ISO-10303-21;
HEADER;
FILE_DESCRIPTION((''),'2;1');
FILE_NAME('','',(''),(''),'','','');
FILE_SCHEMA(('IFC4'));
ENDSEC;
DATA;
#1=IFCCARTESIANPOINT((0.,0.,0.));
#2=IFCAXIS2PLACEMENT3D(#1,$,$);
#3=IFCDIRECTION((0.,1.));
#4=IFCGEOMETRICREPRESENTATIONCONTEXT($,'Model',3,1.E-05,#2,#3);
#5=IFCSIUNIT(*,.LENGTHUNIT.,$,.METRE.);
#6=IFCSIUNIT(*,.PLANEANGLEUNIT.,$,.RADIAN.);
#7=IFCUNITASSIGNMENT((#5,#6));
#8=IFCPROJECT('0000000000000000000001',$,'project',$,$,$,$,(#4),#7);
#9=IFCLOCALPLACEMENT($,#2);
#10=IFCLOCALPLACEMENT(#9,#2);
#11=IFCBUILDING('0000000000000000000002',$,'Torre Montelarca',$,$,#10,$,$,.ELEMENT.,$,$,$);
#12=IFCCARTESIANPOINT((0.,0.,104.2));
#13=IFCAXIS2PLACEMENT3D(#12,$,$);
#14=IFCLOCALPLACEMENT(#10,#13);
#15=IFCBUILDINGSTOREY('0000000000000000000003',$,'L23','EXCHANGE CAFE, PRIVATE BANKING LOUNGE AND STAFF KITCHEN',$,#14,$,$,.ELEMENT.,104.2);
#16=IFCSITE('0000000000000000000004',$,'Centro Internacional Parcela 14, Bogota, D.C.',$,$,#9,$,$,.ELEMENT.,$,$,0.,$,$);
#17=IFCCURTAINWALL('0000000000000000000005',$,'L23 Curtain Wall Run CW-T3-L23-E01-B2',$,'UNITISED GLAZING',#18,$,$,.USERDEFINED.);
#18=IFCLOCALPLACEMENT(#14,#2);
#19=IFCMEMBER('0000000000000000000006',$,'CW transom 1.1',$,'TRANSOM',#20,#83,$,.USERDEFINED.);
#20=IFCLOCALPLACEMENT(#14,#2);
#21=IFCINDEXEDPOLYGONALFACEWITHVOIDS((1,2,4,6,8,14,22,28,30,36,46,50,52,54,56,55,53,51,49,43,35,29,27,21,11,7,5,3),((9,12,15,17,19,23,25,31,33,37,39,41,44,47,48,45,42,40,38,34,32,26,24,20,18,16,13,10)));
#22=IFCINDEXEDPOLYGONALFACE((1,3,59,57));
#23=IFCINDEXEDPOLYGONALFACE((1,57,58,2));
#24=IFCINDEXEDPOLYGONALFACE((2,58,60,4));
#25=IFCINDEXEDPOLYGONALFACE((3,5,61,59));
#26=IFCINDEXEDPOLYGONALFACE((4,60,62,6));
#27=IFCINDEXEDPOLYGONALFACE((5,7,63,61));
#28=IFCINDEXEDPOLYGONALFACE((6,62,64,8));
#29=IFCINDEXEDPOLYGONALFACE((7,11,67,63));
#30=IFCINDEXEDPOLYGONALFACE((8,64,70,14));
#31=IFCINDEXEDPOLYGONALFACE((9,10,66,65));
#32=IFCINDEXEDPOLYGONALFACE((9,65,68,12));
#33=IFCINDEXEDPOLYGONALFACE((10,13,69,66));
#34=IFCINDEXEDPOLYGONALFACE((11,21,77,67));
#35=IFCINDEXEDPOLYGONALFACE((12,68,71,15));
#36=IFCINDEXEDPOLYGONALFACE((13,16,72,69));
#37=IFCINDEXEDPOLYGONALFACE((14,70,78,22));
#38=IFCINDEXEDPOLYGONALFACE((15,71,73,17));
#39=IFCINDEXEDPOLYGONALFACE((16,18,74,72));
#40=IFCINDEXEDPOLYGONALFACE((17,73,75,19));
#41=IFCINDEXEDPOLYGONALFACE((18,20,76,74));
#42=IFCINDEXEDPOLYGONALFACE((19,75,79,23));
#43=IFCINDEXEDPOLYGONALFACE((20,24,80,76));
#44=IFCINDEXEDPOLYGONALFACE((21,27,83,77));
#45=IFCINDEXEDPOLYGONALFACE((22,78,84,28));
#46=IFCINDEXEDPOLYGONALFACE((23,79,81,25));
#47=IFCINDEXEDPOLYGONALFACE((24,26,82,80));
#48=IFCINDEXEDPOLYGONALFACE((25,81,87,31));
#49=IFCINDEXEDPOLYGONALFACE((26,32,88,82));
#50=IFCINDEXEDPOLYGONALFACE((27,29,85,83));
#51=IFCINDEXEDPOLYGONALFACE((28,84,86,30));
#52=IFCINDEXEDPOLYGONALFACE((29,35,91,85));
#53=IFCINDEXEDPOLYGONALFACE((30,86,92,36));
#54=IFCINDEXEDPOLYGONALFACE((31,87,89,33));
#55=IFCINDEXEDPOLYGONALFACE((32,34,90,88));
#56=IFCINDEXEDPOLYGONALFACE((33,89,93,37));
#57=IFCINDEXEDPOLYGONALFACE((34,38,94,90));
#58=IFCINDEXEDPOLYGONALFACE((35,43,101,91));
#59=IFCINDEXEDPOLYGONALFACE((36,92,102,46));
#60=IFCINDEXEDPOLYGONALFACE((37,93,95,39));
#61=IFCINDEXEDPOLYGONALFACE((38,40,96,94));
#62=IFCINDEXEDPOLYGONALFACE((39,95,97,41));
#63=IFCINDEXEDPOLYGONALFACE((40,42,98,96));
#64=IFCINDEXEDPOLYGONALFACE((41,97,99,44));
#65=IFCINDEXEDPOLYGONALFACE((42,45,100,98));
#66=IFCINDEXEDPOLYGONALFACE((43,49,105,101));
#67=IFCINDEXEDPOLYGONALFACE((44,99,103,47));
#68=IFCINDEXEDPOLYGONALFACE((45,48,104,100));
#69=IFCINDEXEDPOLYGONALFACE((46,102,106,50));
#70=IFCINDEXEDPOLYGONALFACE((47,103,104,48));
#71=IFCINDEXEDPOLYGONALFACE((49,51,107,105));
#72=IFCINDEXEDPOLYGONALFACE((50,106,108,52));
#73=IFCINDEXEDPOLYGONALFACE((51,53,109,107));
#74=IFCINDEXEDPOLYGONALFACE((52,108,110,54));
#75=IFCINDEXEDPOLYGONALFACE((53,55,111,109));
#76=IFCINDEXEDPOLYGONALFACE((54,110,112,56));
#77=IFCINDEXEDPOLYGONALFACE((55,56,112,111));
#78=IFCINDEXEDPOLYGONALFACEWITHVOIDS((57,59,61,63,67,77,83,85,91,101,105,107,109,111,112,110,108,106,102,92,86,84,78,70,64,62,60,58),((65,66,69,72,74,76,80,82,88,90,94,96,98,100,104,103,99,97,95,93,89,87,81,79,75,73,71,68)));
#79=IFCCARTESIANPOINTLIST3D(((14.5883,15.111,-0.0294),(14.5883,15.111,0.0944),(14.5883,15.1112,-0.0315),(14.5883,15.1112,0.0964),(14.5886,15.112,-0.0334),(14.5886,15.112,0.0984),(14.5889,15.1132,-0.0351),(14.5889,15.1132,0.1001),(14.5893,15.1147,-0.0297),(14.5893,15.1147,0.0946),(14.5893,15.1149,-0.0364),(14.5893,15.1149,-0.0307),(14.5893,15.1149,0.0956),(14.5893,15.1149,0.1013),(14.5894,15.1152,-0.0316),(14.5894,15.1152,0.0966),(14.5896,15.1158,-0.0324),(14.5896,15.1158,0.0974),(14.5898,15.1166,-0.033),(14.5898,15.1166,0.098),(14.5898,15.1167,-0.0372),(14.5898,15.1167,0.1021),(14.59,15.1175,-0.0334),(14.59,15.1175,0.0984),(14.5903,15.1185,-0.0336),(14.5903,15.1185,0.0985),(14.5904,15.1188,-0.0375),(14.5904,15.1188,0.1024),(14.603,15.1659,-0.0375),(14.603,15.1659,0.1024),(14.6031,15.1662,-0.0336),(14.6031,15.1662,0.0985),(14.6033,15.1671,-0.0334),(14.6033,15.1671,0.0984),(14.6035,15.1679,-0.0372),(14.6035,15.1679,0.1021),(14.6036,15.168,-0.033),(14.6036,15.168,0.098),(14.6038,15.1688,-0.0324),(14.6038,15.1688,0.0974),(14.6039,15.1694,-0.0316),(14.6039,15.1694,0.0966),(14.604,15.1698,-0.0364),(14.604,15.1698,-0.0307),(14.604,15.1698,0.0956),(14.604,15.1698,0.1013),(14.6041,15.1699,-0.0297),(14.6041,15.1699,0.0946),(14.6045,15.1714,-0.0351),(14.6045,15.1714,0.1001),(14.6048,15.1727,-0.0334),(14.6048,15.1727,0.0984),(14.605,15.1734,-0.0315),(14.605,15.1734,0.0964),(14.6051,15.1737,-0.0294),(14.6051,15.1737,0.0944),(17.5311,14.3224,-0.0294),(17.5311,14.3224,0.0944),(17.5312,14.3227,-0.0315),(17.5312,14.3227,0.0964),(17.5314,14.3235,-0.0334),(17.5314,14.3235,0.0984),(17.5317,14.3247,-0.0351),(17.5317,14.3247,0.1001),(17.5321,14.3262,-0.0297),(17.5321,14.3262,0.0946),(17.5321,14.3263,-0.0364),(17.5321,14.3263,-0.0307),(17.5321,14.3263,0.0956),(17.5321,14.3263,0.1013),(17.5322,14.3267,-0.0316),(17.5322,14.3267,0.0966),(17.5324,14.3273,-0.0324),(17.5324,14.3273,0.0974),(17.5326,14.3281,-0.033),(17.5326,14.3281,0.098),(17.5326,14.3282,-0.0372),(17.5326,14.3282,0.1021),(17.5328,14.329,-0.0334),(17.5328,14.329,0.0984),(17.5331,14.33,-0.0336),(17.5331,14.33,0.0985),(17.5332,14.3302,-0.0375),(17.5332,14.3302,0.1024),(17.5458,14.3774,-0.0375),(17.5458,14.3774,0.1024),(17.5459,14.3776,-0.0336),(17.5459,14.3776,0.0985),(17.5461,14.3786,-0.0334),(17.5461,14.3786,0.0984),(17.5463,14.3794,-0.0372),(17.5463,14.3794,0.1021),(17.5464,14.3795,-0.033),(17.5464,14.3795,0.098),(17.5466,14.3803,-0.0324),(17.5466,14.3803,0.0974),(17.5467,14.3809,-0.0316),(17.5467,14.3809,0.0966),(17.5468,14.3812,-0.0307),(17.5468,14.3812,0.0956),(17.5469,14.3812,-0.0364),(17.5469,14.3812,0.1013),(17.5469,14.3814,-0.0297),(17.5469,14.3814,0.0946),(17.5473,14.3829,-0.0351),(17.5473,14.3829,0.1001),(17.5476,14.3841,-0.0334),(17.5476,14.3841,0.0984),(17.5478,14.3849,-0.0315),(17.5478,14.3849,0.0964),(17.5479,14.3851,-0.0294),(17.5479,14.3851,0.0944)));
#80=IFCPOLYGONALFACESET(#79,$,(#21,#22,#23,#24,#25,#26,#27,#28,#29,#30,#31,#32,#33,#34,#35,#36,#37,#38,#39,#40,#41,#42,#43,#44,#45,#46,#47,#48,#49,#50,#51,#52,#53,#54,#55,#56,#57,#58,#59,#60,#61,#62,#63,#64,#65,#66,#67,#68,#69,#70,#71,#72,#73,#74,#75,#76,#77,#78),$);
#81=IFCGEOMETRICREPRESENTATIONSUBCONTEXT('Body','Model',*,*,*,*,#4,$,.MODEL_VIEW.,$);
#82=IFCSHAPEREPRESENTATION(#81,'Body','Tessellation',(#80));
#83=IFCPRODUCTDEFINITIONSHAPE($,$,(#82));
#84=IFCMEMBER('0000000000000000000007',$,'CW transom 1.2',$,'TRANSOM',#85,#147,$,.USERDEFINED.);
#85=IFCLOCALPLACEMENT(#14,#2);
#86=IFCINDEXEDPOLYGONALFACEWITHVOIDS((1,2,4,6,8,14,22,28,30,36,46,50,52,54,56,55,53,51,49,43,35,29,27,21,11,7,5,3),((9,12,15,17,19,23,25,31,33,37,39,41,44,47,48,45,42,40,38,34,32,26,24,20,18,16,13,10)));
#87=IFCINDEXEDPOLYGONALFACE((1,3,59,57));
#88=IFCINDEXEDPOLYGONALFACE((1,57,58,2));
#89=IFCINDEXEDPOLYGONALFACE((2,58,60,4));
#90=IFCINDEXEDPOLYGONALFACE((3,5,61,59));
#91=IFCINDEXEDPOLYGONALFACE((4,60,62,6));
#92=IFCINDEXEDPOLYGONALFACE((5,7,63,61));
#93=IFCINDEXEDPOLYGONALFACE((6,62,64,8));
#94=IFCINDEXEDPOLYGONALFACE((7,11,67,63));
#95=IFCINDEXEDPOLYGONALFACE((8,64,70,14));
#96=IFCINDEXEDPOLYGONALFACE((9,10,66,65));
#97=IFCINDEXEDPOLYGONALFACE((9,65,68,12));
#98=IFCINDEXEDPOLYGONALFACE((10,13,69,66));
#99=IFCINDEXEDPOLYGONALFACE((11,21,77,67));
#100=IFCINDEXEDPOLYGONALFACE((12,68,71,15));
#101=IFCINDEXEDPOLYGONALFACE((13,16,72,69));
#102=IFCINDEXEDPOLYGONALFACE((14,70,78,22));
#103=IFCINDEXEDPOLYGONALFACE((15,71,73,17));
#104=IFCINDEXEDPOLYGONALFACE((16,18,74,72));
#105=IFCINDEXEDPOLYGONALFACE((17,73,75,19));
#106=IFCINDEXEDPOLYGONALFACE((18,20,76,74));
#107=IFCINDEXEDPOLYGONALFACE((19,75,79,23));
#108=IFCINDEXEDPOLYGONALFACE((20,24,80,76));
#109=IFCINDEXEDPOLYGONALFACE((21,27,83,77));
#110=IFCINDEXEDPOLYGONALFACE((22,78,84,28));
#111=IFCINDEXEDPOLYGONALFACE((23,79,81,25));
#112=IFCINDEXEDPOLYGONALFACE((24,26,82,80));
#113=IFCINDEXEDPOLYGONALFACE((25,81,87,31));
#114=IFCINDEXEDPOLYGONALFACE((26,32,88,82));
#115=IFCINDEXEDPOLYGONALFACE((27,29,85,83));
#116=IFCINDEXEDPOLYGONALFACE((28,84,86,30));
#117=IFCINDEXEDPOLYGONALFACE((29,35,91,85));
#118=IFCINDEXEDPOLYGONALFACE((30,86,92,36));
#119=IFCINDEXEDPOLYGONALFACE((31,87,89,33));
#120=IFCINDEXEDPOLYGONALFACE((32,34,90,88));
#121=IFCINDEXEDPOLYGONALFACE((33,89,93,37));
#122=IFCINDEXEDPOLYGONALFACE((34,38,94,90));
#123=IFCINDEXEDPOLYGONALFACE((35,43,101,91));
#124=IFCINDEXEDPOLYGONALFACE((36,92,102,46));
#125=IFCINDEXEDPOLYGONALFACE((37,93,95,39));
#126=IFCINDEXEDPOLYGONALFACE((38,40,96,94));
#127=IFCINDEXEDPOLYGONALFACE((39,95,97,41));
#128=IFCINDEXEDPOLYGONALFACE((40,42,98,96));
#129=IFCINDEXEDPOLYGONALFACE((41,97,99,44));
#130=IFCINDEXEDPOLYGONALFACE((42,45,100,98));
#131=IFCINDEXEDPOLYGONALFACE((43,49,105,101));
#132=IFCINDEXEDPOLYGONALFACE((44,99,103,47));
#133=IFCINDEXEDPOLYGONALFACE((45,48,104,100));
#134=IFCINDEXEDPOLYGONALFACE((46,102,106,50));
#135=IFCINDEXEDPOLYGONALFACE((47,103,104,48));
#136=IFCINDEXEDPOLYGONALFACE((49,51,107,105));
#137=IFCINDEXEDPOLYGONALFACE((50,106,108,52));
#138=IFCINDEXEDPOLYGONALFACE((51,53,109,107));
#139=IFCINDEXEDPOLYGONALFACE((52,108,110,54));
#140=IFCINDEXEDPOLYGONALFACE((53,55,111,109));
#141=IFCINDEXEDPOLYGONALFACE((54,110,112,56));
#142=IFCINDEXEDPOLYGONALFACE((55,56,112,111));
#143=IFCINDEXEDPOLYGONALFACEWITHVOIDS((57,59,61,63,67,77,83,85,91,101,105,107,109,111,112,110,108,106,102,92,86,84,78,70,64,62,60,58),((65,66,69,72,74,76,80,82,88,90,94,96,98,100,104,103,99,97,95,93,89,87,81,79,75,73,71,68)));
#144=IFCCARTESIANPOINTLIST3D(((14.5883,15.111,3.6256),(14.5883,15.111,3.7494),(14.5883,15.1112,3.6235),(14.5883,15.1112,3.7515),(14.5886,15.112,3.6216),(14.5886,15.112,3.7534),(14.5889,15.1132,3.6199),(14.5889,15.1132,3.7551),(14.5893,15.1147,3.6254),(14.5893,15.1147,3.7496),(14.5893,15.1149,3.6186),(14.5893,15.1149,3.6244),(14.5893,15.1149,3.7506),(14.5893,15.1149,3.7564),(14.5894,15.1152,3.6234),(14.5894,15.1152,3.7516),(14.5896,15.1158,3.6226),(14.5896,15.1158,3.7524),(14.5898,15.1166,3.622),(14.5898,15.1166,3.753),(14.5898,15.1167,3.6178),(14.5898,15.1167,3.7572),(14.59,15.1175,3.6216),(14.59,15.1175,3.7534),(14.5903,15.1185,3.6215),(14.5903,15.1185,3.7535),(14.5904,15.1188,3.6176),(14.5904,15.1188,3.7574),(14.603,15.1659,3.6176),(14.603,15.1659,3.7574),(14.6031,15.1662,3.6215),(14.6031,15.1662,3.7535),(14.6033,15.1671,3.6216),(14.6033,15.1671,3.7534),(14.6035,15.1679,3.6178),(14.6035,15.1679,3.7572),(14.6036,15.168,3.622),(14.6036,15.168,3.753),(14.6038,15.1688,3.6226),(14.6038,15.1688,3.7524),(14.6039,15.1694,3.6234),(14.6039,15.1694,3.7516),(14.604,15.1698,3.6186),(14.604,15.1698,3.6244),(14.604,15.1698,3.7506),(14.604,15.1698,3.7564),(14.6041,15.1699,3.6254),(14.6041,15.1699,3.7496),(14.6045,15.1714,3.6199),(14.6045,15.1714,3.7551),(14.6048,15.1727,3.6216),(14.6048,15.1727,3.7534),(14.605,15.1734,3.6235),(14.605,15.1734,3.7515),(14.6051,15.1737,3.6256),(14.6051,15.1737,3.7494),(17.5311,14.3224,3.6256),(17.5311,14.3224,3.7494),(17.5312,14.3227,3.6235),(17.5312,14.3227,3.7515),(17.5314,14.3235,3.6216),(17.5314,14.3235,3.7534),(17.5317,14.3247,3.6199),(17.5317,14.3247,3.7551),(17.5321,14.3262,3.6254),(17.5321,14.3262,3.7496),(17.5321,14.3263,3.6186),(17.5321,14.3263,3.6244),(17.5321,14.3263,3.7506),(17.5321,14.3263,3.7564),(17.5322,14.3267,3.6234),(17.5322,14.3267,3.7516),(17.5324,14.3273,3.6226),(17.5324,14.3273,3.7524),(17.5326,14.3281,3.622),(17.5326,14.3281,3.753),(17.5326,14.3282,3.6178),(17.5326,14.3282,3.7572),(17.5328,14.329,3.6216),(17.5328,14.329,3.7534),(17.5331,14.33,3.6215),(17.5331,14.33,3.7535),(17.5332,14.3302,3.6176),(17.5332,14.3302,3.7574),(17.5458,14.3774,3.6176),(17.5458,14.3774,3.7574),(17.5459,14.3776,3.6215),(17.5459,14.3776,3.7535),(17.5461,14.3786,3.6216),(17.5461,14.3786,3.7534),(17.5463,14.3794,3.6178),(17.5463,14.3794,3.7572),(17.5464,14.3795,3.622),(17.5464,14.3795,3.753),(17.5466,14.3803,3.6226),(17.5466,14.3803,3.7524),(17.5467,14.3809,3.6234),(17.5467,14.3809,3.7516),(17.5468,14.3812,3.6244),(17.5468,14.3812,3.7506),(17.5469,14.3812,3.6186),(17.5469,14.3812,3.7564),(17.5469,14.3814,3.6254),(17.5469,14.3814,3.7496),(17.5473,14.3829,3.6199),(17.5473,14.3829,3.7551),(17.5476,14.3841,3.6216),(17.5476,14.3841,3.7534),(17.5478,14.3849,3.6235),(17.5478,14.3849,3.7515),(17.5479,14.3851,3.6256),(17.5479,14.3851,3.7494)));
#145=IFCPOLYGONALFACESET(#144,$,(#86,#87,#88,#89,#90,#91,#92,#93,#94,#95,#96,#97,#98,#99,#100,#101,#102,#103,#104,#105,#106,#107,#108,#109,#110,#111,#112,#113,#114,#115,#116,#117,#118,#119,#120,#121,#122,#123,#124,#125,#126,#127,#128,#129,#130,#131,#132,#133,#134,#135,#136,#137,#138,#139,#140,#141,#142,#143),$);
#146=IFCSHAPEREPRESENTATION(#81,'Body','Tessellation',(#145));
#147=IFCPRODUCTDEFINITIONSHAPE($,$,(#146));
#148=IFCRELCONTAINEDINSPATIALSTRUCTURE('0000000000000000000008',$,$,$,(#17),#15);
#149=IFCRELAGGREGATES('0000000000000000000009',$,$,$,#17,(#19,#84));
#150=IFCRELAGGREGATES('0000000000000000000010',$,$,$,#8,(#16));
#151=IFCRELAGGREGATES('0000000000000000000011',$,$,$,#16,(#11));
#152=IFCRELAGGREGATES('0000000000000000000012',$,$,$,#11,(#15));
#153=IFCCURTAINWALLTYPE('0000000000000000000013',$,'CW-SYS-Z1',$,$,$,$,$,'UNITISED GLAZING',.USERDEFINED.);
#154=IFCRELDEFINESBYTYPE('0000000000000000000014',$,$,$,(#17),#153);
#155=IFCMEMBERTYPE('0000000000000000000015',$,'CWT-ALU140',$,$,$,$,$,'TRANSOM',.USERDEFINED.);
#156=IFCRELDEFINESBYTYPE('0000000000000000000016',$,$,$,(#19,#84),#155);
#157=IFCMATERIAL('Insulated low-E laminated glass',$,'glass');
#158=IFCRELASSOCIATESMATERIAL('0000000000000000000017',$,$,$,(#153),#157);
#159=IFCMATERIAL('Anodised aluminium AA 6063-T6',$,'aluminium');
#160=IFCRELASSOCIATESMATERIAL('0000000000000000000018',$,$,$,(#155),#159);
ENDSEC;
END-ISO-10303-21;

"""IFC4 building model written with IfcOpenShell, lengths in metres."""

from ifc_helpers import new_model, si_unit, direction, frame, origin, origin_2d, place, context, subcontext, project, spatial, hollow_rectangle, extrude, source, transform, mapped, material, material_profile, profile_set, type_object, element, aggregate, save


model = new_model("IFC4")

# Units and contexts
model_context = context("Model", 3, precision=1e-05, world=origin(), true_north=direction((0.0, 1.0)))
body_context = subcontext(model_context, "Body", "Model", "MODEL_VIEW")
ifc_project = project(units=[si_unit("LENGTHUNIT", "METRE"), si_unit("PLANEANGLEUNIT", "RADIAN")], contexts=[model_context])

# Site, building, storey
site_placement = place(None, origin())
site = spatial("IfcSite", under=ifc_project, at=site_placement, Name="Centro Internacional Parcela 14, Bogota, D.C.", CompositionType="ELEMENT", RefElevation=0.0)
building_placement = place(site_placement, origin())
building = spatial("IfcBuilding", under=site, at=building_placement, Name="Torre Montelarca", CompositionType="ELEMENT")
storey_placement = place(building_placement, frame((0.0, 0.0, 104.2)))
storey = spatial("IfcBuildingStorey", under=building, at=storey_placement, Name="L23", Description="EXCHANGE CAFE, PRIVATE BANKING LOUNGE AND STAFF KITCHEN", CompositionType="ELEMENT", Elevation=104.2)

# Curtain wall, members
ifc_material_1 = material(Name="Insulated low-E laminated glass", Category="glass")
curtain_wall_type = type_object("IfcCurtainWallType", Name="CW-SYS-Z1", ElementType="UNITISED GLAZING", PredefinedType="USERDEFINED", material=ifc_material_1)
ifc_material_2 = material(Name="Anodised aluminium AA 6063-T6", Category="aluminium")
ifc_material_profile_1 = material_profile(ifc_material_2, hollow_rectangle(XDim=0.0649, YDim=0.1399, WallThickness=0.0039, InnerFilletRadius=0.0039, OuterFilletRadius=0.0081, at=origin_2d()), Name="ALU65X140X4", Category="aluminium")
ifc_profile_set_1 = profile_set([ifc_material_profile_1], Name="Anodised aluminium AA 6063-T6")
member_type_1 = type_object("IfcMemberType", Name="CWT-ALU140", ElementType="TRANSOM", PredefinedType="USERDEFINED", material=ifc_profile_set_1)
curtain_wall_1_placement = place(storey_placement, origin())
curtain_wall_1 = element("IfcCurtainWall", 1, at=curtain_wall_1_placement, inside=storey, type_object=curtain_wall_type, Name="L23 Curtain Wall Run CW-T3-L23-E01-B2", ObjectType="UNITISED GLAZING", PredefinedType="USERDEFINED")
shared_shape_1 = source(origin(), body_context, "Body", "SweptSolid", [
    extrude(hollow_rectangle(XDim=0.0649, YDim=0.1399, WallThickness=0.0039, InnerFilletRadius=0.0039, OuterFilletRadius=0.0081, at=origin_2d()), origin(), (0.0, 0.0, 1.0), 3.0466),
])
member_1_placement = place(storey_placement, frame((14.5967, 15.1423, 0.0325), z_axis=(0.965923, -0.25883, 0.0), x_axis=(0.25883, 0.965923, 0.0)))
member_1 = element("IfcMember", 2, at=member_1_placement, type_object=member_type_1, Name="CW transom 1.1", ObjectType="TRANSOM", PredefinedType="USERDEFINED", context=body_context, shape_type="MappedRepresentation", body=[
    mapped(shared_shape_1, transform((0.0, 0.0, 0.0), scale=1.0)),
])
member_2_placement = place(storey_placement, frame((14.5967, 15.1423, 3.6875), z_axis=(0.965923, -0.25883, 0.0), x_axis=(0.25883, 0.965923, 0.0)))
member_2 = element("IfcMember", 3, at=member_2_placement, type_object=member_type_1, Name="CW transom 1.2", ObjectType="TRANSOM", PredefinedType="USERDEFINED", context=body_context, shape_type="MappedRepresentation", body=[
    mapped(shared_shape_1, transform((0.0, 0.0, 0.0), scale=1.0)),
])

aggregate(curtain_wall_1, [member_1, member_2])

save(model, "model.ifc")
